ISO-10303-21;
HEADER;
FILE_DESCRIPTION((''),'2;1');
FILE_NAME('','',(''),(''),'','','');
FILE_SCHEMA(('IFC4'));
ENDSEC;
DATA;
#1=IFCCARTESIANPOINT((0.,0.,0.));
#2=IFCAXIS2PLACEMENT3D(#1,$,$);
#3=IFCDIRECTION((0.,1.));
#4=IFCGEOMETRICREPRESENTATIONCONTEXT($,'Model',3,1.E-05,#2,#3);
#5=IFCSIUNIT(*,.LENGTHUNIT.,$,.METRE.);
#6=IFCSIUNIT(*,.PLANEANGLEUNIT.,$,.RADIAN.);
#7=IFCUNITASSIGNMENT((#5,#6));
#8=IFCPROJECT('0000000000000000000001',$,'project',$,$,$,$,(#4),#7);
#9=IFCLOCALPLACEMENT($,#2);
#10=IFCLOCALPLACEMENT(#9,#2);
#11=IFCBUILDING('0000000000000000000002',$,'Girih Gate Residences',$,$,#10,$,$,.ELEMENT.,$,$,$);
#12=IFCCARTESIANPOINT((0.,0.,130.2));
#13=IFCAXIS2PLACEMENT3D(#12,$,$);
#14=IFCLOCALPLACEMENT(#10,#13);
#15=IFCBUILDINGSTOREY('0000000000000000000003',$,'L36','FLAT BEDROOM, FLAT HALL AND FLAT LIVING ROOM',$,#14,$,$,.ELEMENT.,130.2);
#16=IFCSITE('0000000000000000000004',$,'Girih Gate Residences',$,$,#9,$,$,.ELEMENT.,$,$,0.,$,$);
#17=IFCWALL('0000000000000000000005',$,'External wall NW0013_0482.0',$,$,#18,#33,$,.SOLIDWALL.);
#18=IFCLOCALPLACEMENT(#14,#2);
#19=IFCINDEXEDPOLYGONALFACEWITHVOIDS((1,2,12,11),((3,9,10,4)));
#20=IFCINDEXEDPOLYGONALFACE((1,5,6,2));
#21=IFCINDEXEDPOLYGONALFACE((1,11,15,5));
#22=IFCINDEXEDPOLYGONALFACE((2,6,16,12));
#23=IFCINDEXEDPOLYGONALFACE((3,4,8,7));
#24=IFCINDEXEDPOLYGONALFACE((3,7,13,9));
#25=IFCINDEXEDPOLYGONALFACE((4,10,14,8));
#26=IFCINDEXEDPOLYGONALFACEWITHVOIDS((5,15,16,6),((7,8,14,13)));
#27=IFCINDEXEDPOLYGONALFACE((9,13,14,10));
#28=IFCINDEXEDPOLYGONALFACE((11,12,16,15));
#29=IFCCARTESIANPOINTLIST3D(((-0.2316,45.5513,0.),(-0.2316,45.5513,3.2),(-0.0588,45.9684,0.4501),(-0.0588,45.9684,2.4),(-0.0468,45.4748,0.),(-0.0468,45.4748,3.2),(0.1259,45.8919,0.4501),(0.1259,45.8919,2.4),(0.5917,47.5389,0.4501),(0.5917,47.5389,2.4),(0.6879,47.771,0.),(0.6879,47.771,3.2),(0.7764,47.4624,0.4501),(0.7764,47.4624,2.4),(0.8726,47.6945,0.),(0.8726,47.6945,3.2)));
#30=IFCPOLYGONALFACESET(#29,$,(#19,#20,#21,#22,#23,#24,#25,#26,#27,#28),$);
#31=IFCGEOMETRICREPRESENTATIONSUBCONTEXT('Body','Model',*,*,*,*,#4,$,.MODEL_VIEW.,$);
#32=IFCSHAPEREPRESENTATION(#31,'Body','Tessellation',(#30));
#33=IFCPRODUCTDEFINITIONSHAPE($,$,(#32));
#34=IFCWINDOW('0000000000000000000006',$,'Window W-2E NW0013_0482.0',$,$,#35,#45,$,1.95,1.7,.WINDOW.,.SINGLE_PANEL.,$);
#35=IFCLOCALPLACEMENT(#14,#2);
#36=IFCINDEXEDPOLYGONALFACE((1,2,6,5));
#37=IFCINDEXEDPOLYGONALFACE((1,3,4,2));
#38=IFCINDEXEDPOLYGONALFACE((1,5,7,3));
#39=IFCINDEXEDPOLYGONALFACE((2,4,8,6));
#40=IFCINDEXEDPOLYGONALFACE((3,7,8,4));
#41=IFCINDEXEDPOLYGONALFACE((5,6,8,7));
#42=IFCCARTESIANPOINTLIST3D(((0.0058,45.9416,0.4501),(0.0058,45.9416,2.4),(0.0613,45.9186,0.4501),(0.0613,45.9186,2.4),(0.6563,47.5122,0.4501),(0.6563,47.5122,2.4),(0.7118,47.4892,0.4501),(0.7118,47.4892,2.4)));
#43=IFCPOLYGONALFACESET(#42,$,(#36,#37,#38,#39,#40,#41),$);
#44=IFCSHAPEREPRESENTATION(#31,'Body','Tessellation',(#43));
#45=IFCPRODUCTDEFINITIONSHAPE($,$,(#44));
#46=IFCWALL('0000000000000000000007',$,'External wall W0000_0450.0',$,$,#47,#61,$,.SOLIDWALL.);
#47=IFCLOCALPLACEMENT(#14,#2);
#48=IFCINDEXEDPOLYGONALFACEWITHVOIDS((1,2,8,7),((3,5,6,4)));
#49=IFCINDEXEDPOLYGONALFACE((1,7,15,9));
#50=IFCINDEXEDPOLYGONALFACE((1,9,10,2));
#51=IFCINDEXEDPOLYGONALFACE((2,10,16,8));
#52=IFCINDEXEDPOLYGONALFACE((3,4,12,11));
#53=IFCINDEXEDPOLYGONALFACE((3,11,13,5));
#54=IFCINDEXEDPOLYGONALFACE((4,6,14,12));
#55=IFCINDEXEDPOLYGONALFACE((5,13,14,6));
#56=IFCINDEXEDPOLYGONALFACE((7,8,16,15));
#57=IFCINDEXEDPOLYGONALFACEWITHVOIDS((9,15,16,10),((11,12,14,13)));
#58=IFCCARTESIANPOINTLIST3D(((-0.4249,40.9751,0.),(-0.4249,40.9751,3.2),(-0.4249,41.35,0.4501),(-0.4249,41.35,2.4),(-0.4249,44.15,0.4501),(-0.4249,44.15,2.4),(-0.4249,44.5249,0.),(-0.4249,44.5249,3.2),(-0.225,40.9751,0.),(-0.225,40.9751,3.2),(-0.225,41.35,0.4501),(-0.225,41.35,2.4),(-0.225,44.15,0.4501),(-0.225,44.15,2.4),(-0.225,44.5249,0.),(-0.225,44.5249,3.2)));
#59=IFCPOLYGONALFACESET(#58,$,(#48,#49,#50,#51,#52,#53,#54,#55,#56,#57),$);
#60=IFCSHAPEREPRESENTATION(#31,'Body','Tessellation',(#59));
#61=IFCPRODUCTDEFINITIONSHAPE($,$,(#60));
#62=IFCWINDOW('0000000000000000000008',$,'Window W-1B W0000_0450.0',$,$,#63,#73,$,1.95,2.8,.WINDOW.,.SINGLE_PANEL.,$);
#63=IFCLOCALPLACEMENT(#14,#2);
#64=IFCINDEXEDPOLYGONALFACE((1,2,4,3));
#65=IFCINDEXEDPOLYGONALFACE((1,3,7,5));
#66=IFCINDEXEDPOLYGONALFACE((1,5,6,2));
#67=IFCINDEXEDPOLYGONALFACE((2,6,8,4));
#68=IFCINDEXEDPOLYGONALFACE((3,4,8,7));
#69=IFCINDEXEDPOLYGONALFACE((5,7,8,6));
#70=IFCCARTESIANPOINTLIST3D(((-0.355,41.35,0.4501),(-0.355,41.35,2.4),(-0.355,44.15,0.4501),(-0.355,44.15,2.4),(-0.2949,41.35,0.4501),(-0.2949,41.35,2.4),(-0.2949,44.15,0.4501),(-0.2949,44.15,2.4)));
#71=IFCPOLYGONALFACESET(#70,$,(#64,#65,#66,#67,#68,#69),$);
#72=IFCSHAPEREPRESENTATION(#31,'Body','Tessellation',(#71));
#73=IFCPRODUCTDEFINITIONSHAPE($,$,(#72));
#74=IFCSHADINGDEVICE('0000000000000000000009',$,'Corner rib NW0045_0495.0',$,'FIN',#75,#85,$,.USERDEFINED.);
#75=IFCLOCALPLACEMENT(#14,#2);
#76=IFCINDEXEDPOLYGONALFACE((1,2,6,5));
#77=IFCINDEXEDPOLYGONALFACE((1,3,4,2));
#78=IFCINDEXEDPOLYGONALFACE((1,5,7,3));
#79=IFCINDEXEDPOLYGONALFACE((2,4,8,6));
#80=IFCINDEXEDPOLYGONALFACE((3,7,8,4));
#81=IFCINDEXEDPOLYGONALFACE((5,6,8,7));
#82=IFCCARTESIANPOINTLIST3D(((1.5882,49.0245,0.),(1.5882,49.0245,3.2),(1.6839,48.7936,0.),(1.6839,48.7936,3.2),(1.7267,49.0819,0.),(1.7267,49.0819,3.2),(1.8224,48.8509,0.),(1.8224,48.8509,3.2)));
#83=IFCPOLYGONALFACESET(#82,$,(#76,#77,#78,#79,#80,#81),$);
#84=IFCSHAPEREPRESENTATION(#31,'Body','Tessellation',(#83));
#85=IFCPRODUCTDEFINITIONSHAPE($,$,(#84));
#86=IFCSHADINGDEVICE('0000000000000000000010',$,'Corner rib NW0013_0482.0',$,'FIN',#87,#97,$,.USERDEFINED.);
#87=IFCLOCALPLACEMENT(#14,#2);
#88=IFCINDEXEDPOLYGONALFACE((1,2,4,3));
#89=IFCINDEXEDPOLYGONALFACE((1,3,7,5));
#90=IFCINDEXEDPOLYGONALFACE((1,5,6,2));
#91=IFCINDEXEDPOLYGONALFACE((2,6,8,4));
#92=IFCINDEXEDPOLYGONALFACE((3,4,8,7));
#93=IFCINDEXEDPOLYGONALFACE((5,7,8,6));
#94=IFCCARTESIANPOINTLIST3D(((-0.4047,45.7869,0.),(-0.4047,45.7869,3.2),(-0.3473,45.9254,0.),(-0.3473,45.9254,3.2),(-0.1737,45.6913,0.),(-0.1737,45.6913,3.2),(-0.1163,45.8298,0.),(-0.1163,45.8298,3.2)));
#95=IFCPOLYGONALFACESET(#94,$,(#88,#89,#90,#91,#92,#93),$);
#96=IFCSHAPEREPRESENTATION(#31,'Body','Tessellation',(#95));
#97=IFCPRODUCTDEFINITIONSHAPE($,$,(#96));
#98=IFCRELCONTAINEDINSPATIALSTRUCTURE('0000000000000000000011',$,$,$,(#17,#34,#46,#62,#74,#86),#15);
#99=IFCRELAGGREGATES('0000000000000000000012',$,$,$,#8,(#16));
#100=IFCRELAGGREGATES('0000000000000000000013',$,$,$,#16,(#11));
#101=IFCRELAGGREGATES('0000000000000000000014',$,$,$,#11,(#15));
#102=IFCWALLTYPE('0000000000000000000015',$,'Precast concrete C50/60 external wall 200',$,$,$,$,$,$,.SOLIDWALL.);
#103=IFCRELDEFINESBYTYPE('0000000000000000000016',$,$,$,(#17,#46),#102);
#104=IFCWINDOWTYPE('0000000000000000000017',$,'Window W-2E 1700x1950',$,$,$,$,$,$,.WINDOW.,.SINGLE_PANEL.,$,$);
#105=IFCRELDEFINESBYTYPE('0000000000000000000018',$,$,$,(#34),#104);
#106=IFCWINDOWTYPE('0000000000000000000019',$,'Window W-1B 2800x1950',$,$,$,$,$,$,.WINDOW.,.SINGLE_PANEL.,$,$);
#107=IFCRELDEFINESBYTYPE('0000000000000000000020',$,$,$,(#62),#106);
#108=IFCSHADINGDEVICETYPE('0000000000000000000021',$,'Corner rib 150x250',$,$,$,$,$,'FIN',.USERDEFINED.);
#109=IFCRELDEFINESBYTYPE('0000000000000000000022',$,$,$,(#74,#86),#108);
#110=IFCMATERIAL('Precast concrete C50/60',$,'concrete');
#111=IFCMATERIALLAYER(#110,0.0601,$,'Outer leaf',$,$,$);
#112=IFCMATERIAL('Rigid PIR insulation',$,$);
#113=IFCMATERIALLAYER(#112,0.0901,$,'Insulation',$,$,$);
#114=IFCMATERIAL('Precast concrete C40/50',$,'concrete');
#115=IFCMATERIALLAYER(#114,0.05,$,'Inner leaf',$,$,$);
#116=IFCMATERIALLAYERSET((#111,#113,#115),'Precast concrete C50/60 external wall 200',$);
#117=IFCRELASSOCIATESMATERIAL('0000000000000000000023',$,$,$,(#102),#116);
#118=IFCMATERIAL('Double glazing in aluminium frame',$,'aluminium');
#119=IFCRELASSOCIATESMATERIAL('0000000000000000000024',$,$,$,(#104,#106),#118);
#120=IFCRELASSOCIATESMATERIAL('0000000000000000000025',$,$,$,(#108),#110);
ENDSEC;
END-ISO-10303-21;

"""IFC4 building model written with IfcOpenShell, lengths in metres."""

from ifc_helpers import new_model, si_unit, direction, frame, frame_2d, origin, origin_2d, place, context, subcontext, project, spatial, rectangle, extrude, material, layer, layer_set, type_object, element, fill, save


model = new_model("IFC4")

# Units and contexts
model_context = context("Model", 3, precision=1e-05, world=origin(), true_north=direction((0.0, 1.0)))
body_context = subcontext(model_context, "Body", "Model", "MODEL_VIEW")
ifc_project = project(units=[si_unit("LENGTHUNIT", "METRE"), si_unit("PLANEANGLEUNIT", "RADIAN")], contexts=[model_context])

# Site, building, storey
site_placement = place(None, origin())
site = spatial("IfcSite", under=ifc_project, at=site_placement, Name="Girih Gate Residences", CompositionType="ELEMENT", RefElevation=0.0)
building_placement = place(site_placement, origin())
building = spatial("IfcBuilding", under=site, at=building_placement, Name="Girih Gate Residences", CompositionType="ELEMENT")
storey_placement = place(building_placement, frame((0.0, 0.0, 130.2)))
storey = spatial("IfcBuildingStorey", under=building, at=storey_placement, Name="L36", Description="FLAT BEDROOM, FLAT HALL AND FLAT LIVING ROOM", CompositionType="ELEMENT", Elevation=130.2)

# Walls, openings, windows
ifc_material_1 = material(Name="Precast concrete C50/60", Category="concrete")
ifc_layer_1 = layer(ifc_material_1, 0.0601, Name="Outer leaf")
ifc_material_2 = material(Name="Rigid PIR insulation")
ifc_layer_2 = layer(ifc_material_2, 0.0901, Name="Insulation")
ifc_material_3 = material(Name="Precast concrete C40/50", Category="concrete")
ifc_layer_3 = layer(ifc_material_3, 0.05, Name="Inner leaf")
ifc_layer_set_1 = layer_set([ifc_layer_1, ifc_layer_2, ifc_layer_3], Name="Precast concrete C50/60 external wall 200")
wall_type_1 = type_object("IfcWallType", Name="Precast concrete C50/60 external wall 200", PredefinedType="SOLIDWALL", material=ifc_layer_set_1)
ifc_material_4 = material(Name="Double glazing in aluminium frame", Category="aluminium")
window_type_1 = type_object("IfcWindowType", Name="Window W-2E 1700x1950", PartitioningType="SINGLE_PANEL", PredefinedType="WINDOW", material=ifc_material_4)
wall_1_placement = place(storey_placement, frame((-0.1392, 45.5132, 0.0), z_axis=(0.0, 0.0, 1.0), x_axis=(0.382681, 0.923881, 0.0)))
wall_1 = element("IfcWall", 1, at=wall_1_placement, inside=storey, type_object=wall_type_1, Name="External wall NW0013_0482.0", PredefinedType="SOLIDWALL", context=body_context, shape_type="SweptSolid", body=[
    extrude(rectangle(XDim=2.4026, YDim=0.2, at=frame_2d((1.2012, 0.0))), origin(), (0.0, 0.0, 1.0), 3.2),
])
opening_1_placement = place(wall_1_placement, frame((0.4512, 0.0, 0.45)))
opening_1 = element("IfcOpeningElement", 2, at=opening_1_placement, cuts=wall_1, PredefinedType="OPENING", context=body_context, shape_type="SweptSolid", body=[
    extrude(rectangle(XDim=1.7, YDim=1.95, at=frame_2d((0.8501, 0.9751))), frame((0.0, 0.1099, 0.0), z_axis=(0.0, -1.0, 0.0), x_axis=(1.0, 0.0, 0.0)), (0.0, 0.0, 1.0), 0.22),
])
window_1_placement = place(opening_1_placement, origin())
window_1 = element("IfcWindow", 3, at=window_1_placement, inside=storey, type_object=window_type_1, Name="Window W-2E NW0013_0482.0", OverallHeight=1.95, OverallWidth=1.7, PartitioningType="SINGLE_PANEL", PredefinedType="WINDOW", context=body_context, shape_type="SweptSolid", body=[
    extrude(rectangle(XDim=1.7, YDim=1.95, at=frame_2d((0.8501, 0.9751))), frame((0.0, 0.03, 0.0), z_axis=(0.0, -1.0, 0.0), x_axis=(1.0, 0.0, 0.0)), (0.0, 0.0, 1.0), 0.0601),
])
fill(opening_1, window_1)
wall_2_placement = place(storey_placement, frame((-0.325, 40.9751, 0.0), z_axis=(0.0, 0.0, 1.0), x_axis=(0.0, 1.0, 0.0)))
wall_2 = element("IfcWall", 4, at=wall_2_placement, inside=storey, type_object=wall_type_1, Name="External wall W0000_0450.0", PredefinedType="SOLIDWALL", context=body_context, shape_type="SweptSolid", body=[
    extrude(rectangle(XDim=3.5498, YDim=0.2, at=frame_2d((1.7749, 0.0))), origin(), (0.0, 0.0, 1.0), 3.2),
])
opening_2_placement = place(wall_2_placement, frame((0.375, 0.0, 0.45)))
opening_2 = element("IfcOpeningElement", 5, at=opening_2_placement, cuts=wall_2, PredefinedType="OPENING", context=body_context, shape_type="SweptSolid", body=[
    extrude(rectangle(XDim=2.8, YDim=1.95, at=frame_2d((1.3999, 0.9751))), frame((0.0, 0.1099, 0.0), z_axis=(0.0, -1.0, 0.0), x_axis=(1.0, 0.0, 0.0)), (0.0, 0.0, 1.0), 0.22),
])
window_type_2 = type_object("IfcWindowType", Name="Window W-1B 2800x1950", PartitioningType="SINGLE_PANEL", PredefinedType="WINDOW", material=ifc_material_4)
window_2_placement = place(opening_2_placement, origin())
window_2 = element("IfcWindow", 6, at=window_2_placement, inside=storey, type_object=window_type_2, Name="Window W-1B W0000_0450.0", OverallHeight=1.95, OverallWidth=2.8, PartitioningType="SINGLE_PANEL", PredefinedType="WINDOW", context=body_context, shape_type="SweptSolid", body=[
    extrude(rectangle(XDim=2.8, YDim=1.95, at=frame_2d((1.3999, 0.9751))), frame((0.0, 0.03, 0.0), z_axis=(0.0, -1.0, 0.0), x_axis=(1.0, 0.0, 0.0)), (0.0, 0.0, 1.0), 0.0601),
])
fill(opening_2, window_2)

# Shading devices
shading_device_type = type_object("IfcShadingDeviceType", Name="Corner rib 150x250", ElementType="FIN", PredefinedType="USERDEFINED", material=ifc_material_1)
for number, where, z_axis, x_axis, name in (
    (7, (1.7053, 48.9377, 0.0), (0.0, 0.0, 1.0), (-0.92388, -0.382683, 0.0), "Corner rib NW0045_0495.0"),
    (8, (-0.2605, 45.8083, 0.0), (0.0, 0.0, 1.0), (-0.382683, -0.92388, 0.0), "Corner rib NW0013_0482.0"),
):
    element("IfcShadingDevice", number, at=place(storey_placement, frame(where, z_axis=z_axis, x_axis=x_axis)), inside=storey, type_object=shading_device_type, Name=name, ObjectType="FIN", PredefinedType="USERDEFINED", context=body_context, shape_type="SweptSolid", body=[
        extrude(rectangle(XDim=0.1499, YDim=0.25, at=origin_2d()), origin(), (0.0, 0.0, 1.0), 3.2),
    ])

save(model, "model.ifc")
